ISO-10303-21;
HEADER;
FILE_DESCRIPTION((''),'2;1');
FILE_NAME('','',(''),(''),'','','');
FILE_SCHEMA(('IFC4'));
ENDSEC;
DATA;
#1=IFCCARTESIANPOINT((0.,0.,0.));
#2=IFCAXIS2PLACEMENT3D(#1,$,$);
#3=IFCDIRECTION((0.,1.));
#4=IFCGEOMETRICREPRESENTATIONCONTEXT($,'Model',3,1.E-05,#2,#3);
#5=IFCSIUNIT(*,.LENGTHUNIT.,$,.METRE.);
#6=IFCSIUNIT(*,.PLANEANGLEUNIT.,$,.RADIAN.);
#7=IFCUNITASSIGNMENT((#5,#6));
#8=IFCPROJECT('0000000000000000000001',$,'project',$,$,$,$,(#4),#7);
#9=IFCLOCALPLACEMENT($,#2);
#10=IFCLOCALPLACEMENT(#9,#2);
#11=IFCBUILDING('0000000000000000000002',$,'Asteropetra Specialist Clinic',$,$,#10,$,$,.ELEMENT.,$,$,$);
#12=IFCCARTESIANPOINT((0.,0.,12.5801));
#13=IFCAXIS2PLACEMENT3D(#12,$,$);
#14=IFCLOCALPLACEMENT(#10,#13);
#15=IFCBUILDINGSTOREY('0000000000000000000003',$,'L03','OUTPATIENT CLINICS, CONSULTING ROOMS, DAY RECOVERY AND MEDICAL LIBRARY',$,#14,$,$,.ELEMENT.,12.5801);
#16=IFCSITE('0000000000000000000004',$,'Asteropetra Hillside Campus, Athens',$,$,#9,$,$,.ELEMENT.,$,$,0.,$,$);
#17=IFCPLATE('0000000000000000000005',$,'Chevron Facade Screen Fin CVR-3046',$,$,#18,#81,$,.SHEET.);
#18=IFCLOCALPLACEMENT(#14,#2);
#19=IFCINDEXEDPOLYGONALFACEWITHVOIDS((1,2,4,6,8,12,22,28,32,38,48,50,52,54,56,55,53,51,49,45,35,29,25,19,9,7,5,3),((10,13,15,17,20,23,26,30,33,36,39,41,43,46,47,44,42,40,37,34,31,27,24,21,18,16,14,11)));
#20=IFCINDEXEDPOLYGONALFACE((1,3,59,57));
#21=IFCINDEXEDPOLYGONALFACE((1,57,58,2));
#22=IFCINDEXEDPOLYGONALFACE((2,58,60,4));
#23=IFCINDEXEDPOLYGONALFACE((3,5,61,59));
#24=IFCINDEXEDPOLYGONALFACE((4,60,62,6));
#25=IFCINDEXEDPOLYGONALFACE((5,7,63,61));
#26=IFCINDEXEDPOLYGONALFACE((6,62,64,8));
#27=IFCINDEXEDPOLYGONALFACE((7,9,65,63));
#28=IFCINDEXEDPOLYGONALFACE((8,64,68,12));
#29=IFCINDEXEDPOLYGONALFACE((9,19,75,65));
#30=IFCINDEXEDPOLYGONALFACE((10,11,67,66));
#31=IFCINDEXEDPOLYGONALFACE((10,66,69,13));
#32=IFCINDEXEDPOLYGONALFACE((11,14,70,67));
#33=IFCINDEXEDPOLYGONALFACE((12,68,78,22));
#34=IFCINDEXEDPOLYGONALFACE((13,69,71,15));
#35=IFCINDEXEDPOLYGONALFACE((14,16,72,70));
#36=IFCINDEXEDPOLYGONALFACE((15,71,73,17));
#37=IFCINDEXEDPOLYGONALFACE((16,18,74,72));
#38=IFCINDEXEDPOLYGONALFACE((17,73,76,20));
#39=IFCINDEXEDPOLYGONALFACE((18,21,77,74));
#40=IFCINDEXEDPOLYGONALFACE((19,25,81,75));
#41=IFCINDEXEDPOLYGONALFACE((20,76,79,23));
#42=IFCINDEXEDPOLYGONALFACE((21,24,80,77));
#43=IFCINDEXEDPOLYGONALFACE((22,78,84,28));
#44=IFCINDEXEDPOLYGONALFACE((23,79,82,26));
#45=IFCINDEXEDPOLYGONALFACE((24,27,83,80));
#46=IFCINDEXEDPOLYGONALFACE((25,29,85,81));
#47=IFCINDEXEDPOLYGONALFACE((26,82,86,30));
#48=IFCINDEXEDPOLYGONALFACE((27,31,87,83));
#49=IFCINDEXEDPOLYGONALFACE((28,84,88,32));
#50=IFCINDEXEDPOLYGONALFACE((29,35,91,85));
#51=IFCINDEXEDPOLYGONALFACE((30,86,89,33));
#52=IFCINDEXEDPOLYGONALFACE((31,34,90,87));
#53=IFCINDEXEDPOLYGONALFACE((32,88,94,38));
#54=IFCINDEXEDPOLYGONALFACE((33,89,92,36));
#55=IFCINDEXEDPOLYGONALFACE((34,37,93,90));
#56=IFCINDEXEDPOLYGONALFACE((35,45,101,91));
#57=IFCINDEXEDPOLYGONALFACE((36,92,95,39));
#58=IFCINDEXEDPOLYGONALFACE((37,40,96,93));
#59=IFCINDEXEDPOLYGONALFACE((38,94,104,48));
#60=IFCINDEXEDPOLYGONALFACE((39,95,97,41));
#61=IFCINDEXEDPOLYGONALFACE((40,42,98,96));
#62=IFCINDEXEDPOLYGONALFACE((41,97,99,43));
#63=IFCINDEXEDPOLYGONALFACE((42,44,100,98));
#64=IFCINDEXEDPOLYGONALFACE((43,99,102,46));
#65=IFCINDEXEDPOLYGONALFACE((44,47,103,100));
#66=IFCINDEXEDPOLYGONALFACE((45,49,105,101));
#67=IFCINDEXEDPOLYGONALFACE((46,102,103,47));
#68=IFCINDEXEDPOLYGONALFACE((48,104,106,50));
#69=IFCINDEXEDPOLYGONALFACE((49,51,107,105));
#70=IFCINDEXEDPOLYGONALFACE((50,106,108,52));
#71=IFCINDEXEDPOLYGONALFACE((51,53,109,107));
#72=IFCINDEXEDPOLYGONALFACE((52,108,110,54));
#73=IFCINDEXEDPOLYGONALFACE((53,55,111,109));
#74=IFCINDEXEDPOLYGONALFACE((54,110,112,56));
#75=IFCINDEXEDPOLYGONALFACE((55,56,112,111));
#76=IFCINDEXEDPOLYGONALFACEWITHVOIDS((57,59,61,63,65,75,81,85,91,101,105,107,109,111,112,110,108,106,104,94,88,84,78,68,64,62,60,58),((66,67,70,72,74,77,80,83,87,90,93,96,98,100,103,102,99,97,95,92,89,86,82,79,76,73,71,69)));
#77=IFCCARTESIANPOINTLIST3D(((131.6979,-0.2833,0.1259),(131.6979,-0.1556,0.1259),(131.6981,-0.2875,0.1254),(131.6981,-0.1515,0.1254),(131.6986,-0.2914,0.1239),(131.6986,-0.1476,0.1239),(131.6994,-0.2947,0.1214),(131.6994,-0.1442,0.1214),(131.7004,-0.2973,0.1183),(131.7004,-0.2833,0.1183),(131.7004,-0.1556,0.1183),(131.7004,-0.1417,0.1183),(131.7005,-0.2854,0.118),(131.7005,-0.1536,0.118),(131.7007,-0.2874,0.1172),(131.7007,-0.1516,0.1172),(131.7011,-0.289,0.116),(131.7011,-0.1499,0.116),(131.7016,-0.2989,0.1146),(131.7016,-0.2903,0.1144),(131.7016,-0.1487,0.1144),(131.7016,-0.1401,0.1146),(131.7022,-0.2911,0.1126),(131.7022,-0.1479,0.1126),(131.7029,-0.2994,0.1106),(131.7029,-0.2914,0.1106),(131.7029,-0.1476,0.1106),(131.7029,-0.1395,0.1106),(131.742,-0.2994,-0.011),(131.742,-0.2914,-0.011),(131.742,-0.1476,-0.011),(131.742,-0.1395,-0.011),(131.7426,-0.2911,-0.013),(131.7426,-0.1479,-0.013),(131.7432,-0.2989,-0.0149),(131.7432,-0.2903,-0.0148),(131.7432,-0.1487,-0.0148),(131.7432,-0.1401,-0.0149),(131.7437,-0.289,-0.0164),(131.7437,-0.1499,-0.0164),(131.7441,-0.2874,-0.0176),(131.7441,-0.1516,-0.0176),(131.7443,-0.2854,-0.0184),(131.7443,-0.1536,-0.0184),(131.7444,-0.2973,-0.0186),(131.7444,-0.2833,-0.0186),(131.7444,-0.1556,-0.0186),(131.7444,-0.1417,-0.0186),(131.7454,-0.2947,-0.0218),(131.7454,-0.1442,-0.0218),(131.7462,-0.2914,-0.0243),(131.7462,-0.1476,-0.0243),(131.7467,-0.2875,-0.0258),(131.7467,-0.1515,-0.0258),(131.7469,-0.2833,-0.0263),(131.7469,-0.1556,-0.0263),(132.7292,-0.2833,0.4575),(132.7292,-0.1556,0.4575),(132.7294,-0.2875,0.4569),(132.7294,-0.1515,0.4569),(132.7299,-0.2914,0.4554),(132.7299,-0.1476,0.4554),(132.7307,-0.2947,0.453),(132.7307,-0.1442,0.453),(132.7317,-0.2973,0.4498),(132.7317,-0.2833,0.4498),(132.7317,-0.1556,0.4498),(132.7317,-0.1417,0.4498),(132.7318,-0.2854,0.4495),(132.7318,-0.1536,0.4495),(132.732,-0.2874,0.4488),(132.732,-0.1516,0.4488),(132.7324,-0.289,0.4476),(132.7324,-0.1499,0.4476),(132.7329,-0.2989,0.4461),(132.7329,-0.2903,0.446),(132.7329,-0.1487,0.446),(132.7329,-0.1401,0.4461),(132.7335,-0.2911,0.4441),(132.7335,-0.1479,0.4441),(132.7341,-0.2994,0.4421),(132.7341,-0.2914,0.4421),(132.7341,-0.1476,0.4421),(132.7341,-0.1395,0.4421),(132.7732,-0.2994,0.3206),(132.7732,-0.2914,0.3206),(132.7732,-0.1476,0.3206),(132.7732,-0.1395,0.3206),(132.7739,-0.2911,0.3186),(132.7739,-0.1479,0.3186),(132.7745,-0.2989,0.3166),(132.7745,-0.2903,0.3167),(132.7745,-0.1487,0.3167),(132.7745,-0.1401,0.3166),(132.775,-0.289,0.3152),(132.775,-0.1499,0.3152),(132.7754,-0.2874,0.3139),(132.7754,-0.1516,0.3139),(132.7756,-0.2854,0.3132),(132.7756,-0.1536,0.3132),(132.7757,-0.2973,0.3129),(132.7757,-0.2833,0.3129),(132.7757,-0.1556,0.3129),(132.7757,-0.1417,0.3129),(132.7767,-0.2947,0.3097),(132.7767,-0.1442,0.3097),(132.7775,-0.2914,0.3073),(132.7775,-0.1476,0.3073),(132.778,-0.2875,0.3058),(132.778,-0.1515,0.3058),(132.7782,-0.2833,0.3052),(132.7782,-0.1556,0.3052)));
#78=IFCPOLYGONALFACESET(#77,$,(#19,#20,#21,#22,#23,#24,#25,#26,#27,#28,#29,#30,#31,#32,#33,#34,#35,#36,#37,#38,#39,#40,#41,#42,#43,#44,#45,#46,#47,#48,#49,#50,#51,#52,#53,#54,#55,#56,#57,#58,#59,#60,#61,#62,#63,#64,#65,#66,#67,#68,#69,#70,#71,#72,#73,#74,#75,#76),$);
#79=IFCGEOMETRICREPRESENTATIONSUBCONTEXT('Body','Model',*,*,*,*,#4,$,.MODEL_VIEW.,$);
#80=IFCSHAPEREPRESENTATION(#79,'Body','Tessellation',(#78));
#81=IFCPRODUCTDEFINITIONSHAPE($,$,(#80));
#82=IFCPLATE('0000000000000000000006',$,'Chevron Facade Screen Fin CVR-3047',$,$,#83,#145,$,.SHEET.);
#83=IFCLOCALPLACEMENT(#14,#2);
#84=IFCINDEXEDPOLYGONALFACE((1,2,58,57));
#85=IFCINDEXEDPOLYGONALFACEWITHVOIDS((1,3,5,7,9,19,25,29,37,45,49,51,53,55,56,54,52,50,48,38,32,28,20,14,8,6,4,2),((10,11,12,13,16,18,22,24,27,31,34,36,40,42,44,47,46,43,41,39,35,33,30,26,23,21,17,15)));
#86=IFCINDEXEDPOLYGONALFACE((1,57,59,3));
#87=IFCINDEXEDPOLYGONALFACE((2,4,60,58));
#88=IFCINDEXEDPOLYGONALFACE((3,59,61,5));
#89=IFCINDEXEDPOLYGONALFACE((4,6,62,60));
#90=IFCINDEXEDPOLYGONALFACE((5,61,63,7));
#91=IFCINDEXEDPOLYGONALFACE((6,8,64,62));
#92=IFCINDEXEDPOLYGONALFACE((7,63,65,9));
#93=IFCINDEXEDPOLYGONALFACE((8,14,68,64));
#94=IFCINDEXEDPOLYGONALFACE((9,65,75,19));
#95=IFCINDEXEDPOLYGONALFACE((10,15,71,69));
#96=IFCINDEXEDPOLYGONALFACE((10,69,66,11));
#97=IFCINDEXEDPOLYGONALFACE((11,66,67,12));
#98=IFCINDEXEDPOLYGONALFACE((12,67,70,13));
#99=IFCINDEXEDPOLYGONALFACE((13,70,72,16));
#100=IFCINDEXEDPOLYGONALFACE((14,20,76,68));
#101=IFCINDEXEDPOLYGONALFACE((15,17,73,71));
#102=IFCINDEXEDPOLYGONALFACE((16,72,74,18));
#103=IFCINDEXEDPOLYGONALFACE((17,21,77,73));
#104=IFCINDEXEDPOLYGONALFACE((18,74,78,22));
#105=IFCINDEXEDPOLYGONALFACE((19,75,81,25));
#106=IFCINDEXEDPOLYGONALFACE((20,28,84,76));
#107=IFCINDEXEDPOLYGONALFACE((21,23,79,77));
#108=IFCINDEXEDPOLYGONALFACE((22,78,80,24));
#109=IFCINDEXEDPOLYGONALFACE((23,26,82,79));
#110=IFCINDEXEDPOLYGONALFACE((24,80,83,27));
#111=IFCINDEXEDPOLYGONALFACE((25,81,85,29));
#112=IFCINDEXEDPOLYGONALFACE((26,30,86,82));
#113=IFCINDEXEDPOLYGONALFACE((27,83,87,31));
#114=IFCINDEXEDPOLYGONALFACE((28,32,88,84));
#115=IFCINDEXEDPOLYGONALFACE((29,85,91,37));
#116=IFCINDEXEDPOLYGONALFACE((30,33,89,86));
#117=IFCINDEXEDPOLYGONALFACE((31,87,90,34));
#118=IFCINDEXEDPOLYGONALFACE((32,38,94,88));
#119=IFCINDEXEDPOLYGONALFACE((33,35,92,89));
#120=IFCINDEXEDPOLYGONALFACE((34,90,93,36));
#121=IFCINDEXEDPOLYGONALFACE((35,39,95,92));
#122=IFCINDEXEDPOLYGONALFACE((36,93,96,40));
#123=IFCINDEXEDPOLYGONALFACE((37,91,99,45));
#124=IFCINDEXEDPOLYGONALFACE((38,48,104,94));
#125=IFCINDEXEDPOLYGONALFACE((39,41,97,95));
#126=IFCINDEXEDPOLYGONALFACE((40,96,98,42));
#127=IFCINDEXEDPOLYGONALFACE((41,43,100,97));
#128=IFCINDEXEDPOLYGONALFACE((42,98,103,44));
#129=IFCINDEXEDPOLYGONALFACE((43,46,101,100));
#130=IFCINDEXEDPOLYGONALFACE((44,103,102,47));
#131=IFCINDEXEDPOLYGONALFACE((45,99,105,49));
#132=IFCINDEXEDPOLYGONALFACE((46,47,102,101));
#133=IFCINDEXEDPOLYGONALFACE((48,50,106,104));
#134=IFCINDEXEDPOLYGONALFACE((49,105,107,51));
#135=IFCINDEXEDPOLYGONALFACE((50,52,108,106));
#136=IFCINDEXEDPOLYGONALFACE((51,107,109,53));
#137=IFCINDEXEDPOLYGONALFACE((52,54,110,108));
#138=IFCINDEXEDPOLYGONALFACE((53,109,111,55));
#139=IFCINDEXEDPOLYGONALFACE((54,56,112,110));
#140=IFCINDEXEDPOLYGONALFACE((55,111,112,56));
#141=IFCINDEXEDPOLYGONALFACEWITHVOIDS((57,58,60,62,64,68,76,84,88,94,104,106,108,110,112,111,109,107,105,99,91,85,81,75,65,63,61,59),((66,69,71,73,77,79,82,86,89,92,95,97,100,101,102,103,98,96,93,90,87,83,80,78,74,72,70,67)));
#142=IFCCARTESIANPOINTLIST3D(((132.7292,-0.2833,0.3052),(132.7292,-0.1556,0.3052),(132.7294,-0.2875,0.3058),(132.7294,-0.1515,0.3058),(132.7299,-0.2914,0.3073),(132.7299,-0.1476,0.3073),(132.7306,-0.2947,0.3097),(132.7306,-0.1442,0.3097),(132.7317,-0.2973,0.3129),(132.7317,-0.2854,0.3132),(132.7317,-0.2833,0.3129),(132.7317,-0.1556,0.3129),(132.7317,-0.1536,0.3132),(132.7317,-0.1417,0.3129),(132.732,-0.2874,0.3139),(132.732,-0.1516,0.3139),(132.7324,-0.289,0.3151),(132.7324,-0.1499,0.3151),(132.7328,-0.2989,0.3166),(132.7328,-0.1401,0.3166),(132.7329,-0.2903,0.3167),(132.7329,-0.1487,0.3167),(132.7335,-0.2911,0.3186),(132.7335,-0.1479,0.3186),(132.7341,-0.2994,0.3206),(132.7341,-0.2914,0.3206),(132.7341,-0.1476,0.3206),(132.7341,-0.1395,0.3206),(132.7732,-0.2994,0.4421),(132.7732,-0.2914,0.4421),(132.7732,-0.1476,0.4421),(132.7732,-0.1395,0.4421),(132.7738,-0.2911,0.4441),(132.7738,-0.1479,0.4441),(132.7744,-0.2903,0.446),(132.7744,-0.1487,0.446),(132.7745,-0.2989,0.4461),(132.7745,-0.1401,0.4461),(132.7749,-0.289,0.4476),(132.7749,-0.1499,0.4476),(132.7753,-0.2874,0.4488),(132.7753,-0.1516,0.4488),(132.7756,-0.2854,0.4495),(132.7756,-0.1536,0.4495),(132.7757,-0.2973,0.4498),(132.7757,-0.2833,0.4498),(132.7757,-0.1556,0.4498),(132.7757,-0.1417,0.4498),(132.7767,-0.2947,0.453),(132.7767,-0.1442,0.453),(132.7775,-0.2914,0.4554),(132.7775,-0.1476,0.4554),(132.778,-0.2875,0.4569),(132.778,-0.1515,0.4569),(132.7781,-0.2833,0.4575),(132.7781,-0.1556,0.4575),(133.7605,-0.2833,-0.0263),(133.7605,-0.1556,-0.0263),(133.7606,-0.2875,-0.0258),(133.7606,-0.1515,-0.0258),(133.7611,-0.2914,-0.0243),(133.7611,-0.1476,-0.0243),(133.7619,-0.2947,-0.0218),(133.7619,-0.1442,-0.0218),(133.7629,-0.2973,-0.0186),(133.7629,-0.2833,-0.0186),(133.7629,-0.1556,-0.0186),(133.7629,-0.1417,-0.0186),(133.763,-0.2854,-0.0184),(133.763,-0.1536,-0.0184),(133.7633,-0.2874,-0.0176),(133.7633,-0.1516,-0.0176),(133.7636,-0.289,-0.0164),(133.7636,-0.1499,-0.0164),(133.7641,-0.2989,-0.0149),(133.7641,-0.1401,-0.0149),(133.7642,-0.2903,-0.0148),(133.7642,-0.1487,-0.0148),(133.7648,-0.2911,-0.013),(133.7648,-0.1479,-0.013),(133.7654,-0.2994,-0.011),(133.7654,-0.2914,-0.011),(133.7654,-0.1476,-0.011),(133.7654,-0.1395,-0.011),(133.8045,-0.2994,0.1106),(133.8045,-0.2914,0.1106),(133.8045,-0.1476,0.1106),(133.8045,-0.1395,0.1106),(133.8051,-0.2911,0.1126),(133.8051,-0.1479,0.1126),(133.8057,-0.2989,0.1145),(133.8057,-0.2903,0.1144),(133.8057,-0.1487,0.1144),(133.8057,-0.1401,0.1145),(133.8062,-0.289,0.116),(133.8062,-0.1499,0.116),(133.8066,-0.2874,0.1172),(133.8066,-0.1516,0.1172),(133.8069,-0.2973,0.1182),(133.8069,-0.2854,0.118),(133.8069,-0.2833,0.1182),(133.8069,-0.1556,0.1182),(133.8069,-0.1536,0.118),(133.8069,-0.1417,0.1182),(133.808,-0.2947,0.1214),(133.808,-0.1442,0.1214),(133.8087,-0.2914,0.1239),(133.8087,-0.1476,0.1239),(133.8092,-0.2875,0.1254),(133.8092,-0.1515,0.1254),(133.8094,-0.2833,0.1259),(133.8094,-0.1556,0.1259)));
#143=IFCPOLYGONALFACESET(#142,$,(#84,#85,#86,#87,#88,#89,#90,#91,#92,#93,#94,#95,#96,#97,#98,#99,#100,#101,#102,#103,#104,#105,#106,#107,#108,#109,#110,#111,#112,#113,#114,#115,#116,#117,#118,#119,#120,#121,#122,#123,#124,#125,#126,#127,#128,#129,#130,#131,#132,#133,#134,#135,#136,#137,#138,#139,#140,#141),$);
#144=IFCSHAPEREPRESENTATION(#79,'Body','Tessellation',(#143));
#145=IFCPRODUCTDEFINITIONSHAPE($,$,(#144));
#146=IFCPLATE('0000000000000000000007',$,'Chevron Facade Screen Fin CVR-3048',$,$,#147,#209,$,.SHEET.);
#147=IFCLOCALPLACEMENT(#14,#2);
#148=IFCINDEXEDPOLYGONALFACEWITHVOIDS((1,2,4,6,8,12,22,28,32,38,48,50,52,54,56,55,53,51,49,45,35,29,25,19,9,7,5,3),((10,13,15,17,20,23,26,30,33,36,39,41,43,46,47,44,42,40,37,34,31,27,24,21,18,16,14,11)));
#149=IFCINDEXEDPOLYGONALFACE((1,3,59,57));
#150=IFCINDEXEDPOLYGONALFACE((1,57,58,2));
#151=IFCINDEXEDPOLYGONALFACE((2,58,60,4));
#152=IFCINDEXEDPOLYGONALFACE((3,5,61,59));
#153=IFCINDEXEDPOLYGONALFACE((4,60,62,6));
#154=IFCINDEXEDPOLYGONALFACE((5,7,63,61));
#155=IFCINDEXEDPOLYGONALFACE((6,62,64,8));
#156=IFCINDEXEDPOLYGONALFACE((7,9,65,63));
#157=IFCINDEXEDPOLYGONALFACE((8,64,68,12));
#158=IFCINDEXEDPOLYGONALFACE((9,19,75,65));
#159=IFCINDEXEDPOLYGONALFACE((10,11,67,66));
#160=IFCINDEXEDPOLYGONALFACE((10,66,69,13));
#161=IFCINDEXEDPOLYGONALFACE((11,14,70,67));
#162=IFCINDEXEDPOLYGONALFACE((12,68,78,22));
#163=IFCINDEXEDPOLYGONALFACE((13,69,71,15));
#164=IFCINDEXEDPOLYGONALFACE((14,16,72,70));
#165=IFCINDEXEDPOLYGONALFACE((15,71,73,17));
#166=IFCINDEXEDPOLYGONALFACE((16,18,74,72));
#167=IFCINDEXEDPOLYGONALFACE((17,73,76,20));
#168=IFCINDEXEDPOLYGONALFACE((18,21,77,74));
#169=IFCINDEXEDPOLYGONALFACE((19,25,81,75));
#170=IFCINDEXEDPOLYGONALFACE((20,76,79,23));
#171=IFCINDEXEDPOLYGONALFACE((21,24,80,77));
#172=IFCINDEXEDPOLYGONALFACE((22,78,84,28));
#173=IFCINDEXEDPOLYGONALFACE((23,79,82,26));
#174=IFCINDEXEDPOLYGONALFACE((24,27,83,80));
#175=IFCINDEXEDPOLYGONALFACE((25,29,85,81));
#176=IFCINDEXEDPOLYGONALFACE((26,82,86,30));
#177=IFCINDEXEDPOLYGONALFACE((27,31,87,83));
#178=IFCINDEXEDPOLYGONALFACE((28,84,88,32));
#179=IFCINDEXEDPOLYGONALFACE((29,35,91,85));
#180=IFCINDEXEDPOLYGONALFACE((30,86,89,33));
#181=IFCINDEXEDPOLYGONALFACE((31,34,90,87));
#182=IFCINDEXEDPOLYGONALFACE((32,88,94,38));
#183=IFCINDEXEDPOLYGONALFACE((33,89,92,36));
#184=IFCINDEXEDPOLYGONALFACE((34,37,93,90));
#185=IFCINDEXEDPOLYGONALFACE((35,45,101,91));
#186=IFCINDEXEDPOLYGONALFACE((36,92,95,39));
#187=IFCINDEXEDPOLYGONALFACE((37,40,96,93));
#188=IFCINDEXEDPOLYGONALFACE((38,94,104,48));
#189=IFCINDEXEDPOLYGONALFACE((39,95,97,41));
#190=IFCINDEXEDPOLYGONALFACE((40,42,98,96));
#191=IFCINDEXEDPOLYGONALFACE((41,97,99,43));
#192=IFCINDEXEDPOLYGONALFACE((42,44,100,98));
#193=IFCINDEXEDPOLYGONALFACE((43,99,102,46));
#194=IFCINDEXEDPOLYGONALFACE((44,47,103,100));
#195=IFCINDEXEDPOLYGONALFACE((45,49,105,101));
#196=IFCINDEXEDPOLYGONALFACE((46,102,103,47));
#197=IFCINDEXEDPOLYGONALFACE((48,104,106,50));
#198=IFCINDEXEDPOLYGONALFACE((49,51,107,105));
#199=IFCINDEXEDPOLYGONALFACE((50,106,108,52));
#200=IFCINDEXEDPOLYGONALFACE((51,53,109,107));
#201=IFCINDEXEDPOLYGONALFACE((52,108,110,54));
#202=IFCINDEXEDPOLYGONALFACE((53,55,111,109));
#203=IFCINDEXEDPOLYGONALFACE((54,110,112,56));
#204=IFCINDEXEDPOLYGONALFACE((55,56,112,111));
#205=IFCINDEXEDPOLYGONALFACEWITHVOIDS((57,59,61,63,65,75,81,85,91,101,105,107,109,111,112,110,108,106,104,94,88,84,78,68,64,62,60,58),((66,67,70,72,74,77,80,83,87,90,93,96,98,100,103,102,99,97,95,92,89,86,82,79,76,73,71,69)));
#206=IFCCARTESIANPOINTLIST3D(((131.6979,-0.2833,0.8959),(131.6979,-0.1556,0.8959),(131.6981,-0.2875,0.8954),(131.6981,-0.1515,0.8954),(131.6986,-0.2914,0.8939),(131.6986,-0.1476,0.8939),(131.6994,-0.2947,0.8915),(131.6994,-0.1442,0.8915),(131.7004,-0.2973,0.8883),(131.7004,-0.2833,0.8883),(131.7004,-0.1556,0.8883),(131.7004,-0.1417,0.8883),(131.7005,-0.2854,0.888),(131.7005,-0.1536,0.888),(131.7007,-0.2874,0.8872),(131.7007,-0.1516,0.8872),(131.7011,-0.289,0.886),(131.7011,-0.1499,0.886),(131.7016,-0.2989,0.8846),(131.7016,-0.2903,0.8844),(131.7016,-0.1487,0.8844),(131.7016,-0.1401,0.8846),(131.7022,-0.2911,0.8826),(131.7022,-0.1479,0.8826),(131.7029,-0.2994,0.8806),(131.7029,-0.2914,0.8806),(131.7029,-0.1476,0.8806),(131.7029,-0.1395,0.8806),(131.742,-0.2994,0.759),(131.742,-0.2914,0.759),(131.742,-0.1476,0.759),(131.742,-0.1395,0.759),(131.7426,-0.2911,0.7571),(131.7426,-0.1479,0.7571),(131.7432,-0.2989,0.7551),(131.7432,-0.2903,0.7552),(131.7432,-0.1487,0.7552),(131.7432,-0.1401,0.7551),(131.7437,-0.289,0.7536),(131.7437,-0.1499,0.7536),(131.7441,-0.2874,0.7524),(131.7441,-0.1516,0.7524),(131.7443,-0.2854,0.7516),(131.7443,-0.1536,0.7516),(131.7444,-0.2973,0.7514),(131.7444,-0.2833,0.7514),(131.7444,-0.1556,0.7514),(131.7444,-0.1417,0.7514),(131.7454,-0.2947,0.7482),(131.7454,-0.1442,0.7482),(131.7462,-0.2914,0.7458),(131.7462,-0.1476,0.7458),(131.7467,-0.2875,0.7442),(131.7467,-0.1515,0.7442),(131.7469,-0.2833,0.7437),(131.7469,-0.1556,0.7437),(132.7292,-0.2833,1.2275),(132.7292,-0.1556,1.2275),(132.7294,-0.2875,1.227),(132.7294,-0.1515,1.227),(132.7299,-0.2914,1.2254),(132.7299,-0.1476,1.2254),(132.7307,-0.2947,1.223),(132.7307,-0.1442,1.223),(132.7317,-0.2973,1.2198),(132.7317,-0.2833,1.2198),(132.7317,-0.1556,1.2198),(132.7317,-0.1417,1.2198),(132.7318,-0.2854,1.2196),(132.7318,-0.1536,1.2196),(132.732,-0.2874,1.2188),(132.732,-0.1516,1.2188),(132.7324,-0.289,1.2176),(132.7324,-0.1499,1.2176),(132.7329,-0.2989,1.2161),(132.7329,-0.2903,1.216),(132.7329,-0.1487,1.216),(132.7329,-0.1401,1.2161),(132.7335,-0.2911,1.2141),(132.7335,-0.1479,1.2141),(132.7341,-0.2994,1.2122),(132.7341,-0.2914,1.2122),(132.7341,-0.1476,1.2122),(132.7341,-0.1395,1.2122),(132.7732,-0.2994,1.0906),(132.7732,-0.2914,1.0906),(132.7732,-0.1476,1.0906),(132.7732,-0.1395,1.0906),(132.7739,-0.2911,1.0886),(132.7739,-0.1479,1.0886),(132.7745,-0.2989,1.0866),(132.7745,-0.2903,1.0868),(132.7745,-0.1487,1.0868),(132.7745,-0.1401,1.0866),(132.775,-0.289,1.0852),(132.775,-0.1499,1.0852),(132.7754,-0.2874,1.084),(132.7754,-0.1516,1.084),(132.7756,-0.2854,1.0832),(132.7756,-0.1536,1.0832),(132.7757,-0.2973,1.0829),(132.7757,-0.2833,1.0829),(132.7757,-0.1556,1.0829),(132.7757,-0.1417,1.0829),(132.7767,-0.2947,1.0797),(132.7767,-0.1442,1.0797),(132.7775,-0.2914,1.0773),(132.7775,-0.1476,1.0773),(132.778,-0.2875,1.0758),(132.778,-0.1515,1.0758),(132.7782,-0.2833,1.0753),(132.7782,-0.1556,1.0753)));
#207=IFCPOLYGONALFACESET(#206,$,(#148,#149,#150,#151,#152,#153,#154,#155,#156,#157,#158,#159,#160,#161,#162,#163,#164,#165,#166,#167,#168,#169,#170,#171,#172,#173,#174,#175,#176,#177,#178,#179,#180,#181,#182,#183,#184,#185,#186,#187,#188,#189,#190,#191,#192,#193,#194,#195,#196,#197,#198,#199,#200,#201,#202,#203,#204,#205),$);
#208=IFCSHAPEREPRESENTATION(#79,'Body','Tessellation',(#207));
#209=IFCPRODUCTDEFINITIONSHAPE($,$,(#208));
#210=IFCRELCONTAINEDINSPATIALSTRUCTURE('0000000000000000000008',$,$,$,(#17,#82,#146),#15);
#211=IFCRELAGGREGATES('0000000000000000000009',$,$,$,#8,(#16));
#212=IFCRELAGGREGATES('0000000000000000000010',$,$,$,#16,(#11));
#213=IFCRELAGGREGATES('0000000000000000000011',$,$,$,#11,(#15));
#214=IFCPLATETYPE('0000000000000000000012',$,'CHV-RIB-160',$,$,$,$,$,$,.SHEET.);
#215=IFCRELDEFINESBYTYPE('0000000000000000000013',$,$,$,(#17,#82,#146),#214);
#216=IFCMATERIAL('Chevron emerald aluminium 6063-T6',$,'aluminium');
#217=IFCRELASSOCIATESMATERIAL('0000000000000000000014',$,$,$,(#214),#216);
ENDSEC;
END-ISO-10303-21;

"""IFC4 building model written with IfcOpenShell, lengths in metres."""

from ifc_helpers import new_model, si_unit, direction, frame, origin, origin_2d, place, context, subcontext, project, spatial, hollow_rectangle, extrude, material, material_profile, profile_set, type_object, element, save


model = new_model("IFC4")

# Units and contexts
model_context = context("Model", 3, precision=1e-05, world=origin(), true_north=direction((0.0, 1.0)))
body_context = subcontext(model_context, "Body", "Model", "MODEL_VIEW")
ifc_project = project(units=[si_unit("LENGTHUNIT", "METRE"), si_unit("PLANEANGLEUNIT", "RADIAN")], contexts=[model_context])

# Site, building, storey
site_placement = place(None, origin())
site = spatial("IfcSite", under=ifc_project, at=site_placement, Name="Asteropetra Hillside Campus, Athens", CompositionType="ELEMENT", RefElevation=0.0)
building_placement = place(site_placement, origin())
building = spatial("IfcBuilding", under=site, at=building_placement, Name="Asteropetra Specialist Clinic", CompositionType="ELEMENT")
storey_placement = place(building_placement, frame((0.0, 0.0, 12.5801)))
storey = spatial("IfcBuildingStorey", under=building, at=storey_placement, Name="L03", Description="OUTPATIENT CLINICS, CONSULTING ROOMS, DAY RECOVERY AND MEDICAL LIBRARY", CompositionType="ELEMENT", Elevation=12.5801)

# Plates
ifc_material_1 = material(Name="Chevron emerald aluminium 6063-T6", Category="aluminium")
ifc_material_profile_1 = material_profile(ifc_material_1, hollow_rectangle(XDim=0.1599, YDim=0.1599, WallThickness=0.0081, InnerFilletRadius=0.0081, OuterFilletRadius=0.0161, at=origin_2d()), Name="SHS 160x160x8.0")
ifc_profile_set_1 = profile_set([ifc_material_profile_1], Name="Chevron emerald aluminium 6063-T6")
plate_type_1 = type_object("IfcPlateType", Name="CHV-RIB-160", PredefinedType="SHEET", material=ifc_profile_set_1)
for number, where, z_axis, x_axis, name in (
    (1, (131.7224, -0.2195, 0.0498), (0.95201, 0.0, 0.306068), (0.0, 1.0, 0.0), "Chevron Facade Screen Fin CVR-3046"),
    (2, (132.7537, -0.2195, 0.3813), (0.95201, 0.0, -0.306068), (0.0, 1.0, 0.0), "Chevron Facade Screen Fin CVR-3047"),
    (3, (131.7224, -0.2195, 0.8198), (0.95201, 0.0, 0.306068), (0.0, 1.0, 0.0), "Chevron Facade Screen Fin CVR-3048"),
):
    element("IfcPlate", number, at=place(storey_placement, frame(where, z_axis=z_axis, x_axis=x_axis)), inside=storey, type_object=plate_type_1, Name=name, PredefinedType="SHEET", context=body_context, shape_type="SweptSolid", body=[
        extrude(hollow_rectangle(XDim=0.1599, YDim=0.1599, WallThickness=0.0081, InnerFilletRadius=0.0081, OuterFilletRadius=0.0161, at=origin_2d()), origin(), (0.0, 0.0, 1.0), 1.0833),
    ])

save(model, "model.ifc")
